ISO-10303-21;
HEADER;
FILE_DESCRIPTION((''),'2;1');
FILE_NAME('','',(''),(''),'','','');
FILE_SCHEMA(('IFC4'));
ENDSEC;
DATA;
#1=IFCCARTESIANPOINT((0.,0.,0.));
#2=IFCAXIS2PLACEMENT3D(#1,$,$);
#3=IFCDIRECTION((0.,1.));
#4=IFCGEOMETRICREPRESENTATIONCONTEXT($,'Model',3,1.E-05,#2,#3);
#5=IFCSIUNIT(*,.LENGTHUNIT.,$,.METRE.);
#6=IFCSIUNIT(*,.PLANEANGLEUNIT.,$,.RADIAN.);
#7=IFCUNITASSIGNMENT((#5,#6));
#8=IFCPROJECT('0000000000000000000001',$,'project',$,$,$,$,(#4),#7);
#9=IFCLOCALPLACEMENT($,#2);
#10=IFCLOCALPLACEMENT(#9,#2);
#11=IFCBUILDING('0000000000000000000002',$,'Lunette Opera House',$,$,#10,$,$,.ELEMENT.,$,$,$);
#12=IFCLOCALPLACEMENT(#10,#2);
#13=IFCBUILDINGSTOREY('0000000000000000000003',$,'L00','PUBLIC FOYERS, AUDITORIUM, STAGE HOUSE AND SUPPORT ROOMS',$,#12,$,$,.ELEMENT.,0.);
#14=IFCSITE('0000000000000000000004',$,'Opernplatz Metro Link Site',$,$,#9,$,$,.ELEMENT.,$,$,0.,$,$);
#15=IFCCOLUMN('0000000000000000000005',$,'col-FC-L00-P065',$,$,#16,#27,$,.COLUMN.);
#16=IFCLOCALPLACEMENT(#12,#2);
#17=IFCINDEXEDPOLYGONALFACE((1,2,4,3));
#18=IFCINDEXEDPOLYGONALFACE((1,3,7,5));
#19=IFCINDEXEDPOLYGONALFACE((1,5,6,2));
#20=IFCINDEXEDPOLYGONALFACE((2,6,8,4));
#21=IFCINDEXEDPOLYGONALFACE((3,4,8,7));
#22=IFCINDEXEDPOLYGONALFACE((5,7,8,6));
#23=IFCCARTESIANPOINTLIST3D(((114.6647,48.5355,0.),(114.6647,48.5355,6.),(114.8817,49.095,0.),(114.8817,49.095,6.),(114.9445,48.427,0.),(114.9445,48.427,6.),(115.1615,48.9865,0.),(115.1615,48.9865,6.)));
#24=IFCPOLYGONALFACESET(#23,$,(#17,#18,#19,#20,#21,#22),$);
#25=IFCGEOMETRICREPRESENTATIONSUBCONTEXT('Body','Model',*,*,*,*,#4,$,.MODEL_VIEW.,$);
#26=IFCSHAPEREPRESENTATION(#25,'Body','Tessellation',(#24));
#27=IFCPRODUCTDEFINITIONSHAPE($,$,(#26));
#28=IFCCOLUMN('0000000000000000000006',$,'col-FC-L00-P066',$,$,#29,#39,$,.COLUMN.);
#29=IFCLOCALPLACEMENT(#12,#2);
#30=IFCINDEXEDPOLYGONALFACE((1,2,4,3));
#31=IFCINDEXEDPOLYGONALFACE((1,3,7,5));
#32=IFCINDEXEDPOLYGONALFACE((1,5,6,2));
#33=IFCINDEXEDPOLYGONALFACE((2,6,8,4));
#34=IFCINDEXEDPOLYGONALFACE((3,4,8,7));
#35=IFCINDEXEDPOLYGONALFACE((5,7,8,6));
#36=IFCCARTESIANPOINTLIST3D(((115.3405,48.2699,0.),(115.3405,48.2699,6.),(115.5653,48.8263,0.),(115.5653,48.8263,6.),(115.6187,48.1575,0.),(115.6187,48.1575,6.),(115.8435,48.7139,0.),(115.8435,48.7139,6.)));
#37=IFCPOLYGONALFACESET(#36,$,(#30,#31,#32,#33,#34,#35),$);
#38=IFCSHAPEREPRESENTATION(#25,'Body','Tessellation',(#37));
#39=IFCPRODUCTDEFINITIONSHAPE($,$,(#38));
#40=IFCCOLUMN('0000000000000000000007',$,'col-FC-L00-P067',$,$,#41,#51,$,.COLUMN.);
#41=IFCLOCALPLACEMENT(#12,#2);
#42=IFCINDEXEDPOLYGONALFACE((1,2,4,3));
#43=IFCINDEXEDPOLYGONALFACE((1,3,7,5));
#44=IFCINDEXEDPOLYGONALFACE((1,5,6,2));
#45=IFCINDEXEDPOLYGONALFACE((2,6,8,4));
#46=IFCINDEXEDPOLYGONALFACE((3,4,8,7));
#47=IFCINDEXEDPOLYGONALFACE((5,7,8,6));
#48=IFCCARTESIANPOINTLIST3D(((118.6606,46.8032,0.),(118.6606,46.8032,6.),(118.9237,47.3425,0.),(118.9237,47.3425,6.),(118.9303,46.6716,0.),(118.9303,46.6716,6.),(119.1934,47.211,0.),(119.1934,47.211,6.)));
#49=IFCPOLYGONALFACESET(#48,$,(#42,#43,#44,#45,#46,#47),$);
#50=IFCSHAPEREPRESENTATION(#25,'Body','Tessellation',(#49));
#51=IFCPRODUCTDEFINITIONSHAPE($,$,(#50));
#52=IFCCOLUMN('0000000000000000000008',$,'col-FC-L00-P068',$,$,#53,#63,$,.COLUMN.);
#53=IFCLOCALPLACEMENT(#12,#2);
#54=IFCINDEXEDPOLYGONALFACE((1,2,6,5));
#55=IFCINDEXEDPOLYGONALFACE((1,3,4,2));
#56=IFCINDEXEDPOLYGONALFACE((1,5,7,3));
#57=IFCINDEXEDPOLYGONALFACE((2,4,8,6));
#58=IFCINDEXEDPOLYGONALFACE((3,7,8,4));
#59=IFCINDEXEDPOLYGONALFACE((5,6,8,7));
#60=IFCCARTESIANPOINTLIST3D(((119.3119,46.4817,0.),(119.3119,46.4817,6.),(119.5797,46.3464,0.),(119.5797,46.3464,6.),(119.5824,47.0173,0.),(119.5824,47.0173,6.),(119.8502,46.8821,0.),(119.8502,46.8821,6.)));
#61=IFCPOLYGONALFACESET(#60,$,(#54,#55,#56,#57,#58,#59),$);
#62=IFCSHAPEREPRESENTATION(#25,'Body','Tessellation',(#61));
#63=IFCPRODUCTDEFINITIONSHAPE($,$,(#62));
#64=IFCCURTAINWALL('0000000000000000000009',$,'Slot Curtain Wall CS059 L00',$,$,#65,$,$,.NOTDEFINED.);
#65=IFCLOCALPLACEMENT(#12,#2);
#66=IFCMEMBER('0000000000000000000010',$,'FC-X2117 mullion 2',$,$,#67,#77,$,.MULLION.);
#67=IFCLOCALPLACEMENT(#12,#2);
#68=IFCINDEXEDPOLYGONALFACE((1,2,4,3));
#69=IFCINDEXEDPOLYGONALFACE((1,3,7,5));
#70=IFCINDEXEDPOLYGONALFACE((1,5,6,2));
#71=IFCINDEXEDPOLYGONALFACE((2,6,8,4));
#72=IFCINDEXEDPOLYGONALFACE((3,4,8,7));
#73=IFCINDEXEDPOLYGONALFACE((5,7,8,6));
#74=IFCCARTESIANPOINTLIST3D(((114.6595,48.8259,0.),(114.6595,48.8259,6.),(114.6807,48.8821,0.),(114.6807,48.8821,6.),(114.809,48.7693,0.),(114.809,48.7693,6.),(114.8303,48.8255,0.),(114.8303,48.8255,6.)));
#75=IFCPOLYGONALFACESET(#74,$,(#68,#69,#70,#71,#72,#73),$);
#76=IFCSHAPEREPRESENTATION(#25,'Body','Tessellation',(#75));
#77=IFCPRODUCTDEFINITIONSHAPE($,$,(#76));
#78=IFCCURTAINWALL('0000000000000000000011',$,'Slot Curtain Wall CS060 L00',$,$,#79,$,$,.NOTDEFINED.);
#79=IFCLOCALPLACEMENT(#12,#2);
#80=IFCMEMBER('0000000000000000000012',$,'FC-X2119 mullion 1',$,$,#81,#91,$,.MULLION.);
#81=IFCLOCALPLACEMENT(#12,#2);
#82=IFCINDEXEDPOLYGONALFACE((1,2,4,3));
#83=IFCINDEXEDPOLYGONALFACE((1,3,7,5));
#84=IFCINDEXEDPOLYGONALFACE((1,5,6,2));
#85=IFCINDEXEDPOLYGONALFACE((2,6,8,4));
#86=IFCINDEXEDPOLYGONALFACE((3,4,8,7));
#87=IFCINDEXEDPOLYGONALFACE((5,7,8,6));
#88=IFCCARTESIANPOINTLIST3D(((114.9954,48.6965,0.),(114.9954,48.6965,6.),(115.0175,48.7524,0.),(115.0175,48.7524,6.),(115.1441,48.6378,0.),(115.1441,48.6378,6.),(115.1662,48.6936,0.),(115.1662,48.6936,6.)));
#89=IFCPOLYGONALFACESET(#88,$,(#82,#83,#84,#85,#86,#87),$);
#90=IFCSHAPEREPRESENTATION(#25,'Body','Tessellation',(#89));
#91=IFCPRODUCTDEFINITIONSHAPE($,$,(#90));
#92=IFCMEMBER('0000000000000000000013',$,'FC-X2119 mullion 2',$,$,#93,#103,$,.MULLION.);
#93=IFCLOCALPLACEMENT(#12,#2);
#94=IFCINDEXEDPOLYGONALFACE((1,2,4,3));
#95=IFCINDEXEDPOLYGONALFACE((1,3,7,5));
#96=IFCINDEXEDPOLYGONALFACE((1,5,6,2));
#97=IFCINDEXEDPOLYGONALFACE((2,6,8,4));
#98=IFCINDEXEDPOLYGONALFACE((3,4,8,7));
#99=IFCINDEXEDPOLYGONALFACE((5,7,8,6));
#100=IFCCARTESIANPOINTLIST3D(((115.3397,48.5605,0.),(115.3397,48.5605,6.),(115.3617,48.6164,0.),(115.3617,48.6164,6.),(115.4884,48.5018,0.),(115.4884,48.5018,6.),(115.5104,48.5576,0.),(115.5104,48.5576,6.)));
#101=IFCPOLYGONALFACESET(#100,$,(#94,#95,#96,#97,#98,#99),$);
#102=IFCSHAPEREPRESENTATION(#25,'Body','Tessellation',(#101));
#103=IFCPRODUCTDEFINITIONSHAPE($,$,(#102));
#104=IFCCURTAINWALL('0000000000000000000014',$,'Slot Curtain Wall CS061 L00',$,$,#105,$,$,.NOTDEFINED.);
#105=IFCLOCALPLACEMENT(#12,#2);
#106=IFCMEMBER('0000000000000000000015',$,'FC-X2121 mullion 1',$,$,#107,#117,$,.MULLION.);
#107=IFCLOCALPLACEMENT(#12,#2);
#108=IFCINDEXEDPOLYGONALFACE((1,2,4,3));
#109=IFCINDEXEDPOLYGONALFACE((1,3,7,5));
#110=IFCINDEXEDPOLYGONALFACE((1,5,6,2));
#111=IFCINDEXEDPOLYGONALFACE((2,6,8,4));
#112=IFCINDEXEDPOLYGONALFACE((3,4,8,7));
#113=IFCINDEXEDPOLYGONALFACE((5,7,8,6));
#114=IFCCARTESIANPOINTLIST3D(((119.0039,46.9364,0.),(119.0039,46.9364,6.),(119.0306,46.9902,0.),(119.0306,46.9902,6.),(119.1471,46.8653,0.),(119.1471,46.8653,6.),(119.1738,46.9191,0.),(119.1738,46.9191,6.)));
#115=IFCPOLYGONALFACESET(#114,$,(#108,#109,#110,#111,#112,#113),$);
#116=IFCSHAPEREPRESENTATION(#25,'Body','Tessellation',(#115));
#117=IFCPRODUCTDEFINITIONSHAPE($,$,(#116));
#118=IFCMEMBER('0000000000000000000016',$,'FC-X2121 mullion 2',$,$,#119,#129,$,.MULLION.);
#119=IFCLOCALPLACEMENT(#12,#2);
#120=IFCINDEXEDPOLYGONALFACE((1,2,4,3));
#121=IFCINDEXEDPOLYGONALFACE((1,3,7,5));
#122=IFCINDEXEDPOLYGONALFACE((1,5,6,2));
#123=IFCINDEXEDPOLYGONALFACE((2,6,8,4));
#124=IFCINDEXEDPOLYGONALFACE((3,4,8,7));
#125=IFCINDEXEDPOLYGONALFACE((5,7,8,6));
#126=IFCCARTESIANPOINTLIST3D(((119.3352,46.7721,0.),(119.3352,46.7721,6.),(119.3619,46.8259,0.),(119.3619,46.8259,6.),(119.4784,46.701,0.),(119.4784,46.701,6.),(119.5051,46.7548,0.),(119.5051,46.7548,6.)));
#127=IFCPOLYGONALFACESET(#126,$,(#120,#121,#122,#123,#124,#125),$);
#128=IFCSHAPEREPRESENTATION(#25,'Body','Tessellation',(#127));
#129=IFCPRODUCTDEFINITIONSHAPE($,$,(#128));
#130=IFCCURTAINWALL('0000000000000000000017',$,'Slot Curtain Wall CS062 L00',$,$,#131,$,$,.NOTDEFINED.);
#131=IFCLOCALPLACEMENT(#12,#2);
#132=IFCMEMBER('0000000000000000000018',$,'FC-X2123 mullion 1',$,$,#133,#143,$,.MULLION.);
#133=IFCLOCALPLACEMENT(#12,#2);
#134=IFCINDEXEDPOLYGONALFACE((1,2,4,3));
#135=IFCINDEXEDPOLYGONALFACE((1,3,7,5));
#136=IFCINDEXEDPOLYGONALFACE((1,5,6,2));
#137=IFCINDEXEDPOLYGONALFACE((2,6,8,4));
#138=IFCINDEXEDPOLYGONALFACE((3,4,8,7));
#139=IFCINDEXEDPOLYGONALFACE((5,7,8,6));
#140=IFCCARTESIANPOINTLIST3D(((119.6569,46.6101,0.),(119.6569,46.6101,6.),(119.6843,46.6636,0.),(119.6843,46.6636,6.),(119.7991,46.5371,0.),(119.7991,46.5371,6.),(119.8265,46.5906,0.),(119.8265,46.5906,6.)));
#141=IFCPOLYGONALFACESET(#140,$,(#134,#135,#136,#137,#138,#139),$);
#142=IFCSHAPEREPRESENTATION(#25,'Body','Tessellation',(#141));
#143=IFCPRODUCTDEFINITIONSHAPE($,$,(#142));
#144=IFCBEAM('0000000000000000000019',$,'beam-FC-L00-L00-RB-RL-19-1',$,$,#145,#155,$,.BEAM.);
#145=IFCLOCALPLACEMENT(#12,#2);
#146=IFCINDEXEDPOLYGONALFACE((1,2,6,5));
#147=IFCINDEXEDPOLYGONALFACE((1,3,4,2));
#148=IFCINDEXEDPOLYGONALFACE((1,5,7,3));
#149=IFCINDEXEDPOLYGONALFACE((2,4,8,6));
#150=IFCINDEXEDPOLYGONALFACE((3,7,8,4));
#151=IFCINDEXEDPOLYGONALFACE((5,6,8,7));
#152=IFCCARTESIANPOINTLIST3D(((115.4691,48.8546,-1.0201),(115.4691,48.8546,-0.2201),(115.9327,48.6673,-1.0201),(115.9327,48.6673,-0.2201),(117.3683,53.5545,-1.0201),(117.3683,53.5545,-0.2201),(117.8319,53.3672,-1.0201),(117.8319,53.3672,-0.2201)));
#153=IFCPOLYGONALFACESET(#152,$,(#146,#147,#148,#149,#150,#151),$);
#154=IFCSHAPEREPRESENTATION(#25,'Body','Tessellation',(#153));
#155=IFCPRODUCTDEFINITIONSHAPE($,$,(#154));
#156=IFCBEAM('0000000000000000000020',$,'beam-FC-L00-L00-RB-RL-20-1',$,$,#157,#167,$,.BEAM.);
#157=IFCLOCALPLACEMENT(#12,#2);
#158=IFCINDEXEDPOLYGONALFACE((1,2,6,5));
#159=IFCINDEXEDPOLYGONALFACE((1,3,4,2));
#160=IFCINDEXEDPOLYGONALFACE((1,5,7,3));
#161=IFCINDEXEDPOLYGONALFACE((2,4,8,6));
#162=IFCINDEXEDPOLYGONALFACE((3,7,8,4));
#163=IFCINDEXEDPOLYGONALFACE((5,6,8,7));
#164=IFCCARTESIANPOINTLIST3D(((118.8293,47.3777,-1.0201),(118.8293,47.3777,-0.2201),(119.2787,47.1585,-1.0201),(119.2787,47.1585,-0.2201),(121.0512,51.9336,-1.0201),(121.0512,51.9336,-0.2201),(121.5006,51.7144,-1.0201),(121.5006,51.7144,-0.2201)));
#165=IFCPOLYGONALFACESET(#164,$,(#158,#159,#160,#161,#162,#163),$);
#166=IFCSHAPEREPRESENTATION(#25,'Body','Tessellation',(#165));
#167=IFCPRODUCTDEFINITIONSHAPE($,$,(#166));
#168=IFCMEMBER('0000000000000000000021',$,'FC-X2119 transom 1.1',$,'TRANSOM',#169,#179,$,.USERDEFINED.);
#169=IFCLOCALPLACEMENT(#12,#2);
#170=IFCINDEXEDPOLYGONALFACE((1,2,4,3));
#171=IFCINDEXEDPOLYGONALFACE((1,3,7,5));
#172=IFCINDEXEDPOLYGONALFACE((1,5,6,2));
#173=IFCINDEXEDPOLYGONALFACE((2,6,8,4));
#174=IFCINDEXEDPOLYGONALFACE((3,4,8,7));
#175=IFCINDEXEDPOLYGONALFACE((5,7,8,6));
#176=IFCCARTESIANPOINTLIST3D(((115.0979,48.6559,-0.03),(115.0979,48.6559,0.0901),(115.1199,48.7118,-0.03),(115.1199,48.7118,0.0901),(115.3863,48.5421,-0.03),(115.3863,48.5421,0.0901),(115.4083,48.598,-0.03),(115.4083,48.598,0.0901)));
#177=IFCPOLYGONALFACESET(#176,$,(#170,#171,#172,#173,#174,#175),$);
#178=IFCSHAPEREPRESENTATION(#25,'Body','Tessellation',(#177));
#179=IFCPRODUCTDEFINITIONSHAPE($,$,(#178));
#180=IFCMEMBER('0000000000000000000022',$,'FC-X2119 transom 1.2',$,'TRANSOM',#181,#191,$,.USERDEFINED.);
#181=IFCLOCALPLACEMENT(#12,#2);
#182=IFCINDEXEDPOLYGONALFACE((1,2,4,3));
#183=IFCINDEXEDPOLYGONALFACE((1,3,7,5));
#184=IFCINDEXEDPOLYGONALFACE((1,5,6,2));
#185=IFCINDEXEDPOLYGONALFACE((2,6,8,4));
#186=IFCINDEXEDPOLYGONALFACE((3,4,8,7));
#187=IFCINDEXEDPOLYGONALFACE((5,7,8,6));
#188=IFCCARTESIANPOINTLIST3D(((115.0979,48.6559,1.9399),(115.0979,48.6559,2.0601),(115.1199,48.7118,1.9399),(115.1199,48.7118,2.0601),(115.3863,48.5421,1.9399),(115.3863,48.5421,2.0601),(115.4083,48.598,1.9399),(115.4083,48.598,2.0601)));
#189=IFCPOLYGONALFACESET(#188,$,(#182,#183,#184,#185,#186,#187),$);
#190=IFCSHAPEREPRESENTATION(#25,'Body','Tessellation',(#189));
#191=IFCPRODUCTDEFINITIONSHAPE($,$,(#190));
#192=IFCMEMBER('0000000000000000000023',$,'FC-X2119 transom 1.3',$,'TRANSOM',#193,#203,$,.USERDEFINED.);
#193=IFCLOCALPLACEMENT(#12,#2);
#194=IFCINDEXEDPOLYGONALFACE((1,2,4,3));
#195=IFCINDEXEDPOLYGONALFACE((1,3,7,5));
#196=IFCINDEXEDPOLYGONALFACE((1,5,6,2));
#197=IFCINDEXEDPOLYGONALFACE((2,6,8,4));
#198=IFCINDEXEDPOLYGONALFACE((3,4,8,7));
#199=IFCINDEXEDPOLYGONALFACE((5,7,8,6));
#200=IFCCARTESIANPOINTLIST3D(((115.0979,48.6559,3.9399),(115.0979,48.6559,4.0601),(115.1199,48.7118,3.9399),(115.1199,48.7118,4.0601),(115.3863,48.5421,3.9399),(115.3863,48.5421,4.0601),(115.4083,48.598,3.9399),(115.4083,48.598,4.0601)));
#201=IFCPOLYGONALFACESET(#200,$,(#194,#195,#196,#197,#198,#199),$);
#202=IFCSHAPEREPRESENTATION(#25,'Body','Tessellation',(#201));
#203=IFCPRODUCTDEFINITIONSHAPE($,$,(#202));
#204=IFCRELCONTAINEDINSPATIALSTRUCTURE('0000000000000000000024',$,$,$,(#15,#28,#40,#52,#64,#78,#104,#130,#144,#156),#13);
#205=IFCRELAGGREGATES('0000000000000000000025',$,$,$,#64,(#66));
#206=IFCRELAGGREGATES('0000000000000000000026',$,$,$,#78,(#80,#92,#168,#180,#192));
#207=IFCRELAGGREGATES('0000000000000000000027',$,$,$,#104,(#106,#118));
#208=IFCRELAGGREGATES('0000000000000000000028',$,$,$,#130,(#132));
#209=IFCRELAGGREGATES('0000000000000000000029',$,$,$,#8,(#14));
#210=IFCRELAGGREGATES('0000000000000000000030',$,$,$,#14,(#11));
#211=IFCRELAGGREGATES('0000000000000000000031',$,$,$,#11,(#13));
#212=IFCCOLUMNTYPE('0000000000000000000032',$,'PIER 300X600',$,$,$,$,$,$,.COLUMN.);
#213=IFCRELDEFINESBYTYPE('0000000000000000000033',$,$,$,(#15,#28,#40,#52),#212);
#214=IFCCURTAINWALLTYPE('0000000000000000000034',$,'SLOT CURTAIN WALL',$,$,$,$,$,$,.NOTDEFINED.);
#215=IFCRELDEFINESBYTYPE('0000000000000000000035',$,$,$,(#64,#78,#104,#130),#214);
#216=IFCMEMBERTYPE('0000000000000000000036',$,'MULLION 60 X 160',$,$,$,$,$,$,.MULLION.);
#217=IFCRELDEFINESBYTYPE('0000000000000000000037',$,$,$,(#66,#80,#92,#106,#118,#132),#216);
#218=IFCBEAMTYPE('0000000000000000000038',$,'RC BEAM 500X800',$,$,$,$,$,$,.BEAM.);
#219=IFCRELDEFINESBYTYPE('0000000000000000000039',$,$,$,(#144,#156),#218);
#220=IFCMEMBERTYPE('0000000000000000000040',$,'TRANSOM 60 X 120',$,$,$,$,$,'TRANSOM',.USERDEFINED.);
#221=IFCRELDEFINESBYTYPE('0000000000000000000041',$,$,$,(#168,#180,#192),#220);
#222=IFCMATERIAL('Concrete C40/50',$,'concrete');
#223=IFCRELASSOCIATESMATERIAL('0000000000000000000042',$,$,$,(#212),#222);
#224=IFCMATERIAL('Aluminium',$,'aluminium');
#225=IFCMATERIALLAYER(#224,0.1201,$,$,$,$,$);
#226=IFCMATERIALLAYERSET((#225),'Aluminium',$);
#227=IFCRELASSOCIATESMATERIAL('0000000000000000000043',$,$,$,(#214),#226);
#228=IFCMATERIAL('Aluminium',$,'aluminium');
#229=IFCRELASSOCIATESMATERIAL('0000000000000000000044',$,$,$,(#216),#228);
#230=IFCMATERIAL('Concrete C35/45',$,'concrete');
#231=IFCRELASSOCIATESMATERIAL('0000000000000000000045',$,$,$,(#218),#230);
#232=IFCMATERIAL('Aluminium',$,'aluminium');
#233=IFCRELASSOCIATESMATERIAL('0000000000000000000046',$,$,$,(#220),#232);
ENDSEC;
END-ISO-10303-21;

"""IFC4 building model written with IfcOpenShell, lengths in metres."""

from ifc_helpers import new_model, si_unit, direction, frame, origin, origin_2d, place, context, subcontext, project, spatial, rectangle, extrude, material, layer, layer_set, material_profile, profile_set, type_object, element, aggregate, save


model = new_model("IFC4")

# Units and contexts
model_context = context("Model", 3, precision=1e-05, world=origin(), true_north=direction((0.0, 1.0)))
body_context = subcontext(model_context, "Body", "Model", "MODEL_VIEW")
ifc_project = project(units=[si_unit("LENGTHUNIT", "METRE"), si_unit("PLANEANGLEUNIT", "RADIAN")], contexts=[model_context])

# Site, building, storey
site_placement = place(None, origin())
site = spatial("IfcSite", under=ifc_project, at=site_placement, Name="Opernplatz Metro Link Site", CompositionType="ELEMENT", RefElevation=0.0)
building_placement = place(site_placement, origin())
building = spatial("IfcBuilding", under=site, at=building_placement, Name="Lunette Opera House", CompositionType="ELEMENT")
storey_placement = place(building_placement, origin())
storey = spatial("IfcBuildingStorey", under=building, at=storey_placement, Name="L00", Description="PUBLIC FOYERS, AUDITORIUM, STAGE HOUSE AND SUPPORT ROOMS", CompositionType="ELEMENT", Elevation=0.0)

# Columns
ifc_material_1 = material(Name="Concrete C40/50", Category="concrete")
ifc_material_profile_1 = material_profile(ifc_material_1, rectangle(XDim=0.3, YDim=0.6001, at=origin_2d()), Name="PIER 300X600")
ifc_profile_set_1 = profile_set([ifc_material_profile_1], Name="Concrete C40/50")
column_type = type_object("IfcColumnType", Name="PIER 300X600", PredefinedType="COLUMN", material=ifc_profile_set_1)
for number, where, z_axis, x_axis, name in (
    (1, (114.9131, 48.761, 0.0), (0.0, 0.0, 1.0), (0.932324, -0.361625, 0.0), "col-FC-L00-P065"),
    (2, (115.592, 48.4919, 0.0), (0.0, 0.0, 1.0), (0.927184, -0.374607, 0.0), "col-FC-L00-P066"),
    (3, (118.927, 47.0071, 0.0), (0.0, 0.0, 1.0), (0.898794, -0.438371, 0.0), "col-FC-L00-P067"),
    (4, (119.5811, 46.6819, 0.0), (0.0, 0.0, 1.0), (0.892586, -0.450878, 0.0), "col-FC-L00-P068"),
):
    element("IfcColumn", number, at=place(storey_placement, frame(where, z_axis=z_axis, x_axis=x_axis)), inside=storey, type_object=column_type, Name=name, PredefinedType="COLUMN", context=body_context, shape_type="SweptSolid", body=[
        extrude(rectangle(XDim=0.3, YDim=0.6001, at=origin_2d()), origin(), (0.0, 0.0, 1.0), 6.0),
    ])

# Curtain wall, member
ifc_material_2 = material(Name="Aluminium", Category="aluminium")
ifc_layer_1 = layer(ifc_material_2, 0.1201)
ifc_layer_set_1 = layer_set([ifc_layer_1], Name="Aluminium")
curtain_wall_type = type_object("IfcCurtainWallType", Name="SLOT CURTAIN WALL", PredefinedType="NOTDEFINED", material=ifc_layer_set_1)
curtain_wall_1_placement = place(storey_placement, origin())
curtain_wall_1 = element("IfcCurtainWall", 5, at=curtain_wall_1_placement, inside=storey, type_object=curtain_wall_type, Name="Slot Curtain Wall CS059 L00", PredefinedType="NOTDEFINED")
ifc_material_3 = material(Name="Aluminium", Category="aluminium")
ifc_material_profile_2 = material_profile(ifc_material_3, rectangle(XDim=0.0601, YDim=0.1599, at=origin_2d()), Name="MULLION 60 X 160")
ifc_profile_set_2 = profile_set([ifc_material_profile_2], Name="Aluminium")
member_type_1 = type_object("IfcMemberType", Name="MULLION 60 X 160", PredefinedType="MULLION", material=ifc_profile_set_2)
member_1_placement = place(storey_placement, frame((114.7449, 48.8257, 0.0), z_axis=(0.0, 0.0, 1.0), x_axis=(0.353672, 0.935369, 0.0)))
member_1 = element("IfcMember", 6, at=member_1_placement, type_object=member_type_1, Name="FC-X2117 mullion 2", PredefinedType="MULLION", context=body_context, shape_type="SweptSolid", body=[
    extrude(rectangle(XDim=0.0601, YDim=0.1599, at=origin_2d()), origin(), (0.0, 0.0, 1.0), 6.0),
])

# Curtain walls, members
curtain_wall_2_placement = place(storey_placement, origin())
curtain_wall_2 = element("IfcCurtainWall", 7, at=curtain_wall_2_placement, inside=storey, type_object=curtain_wall_type, Name="Slot Curtain Wall CS060 L00", PredefinedType="NOTDEFINED")
member_2_placement = place(storey_placement, frame((115.0808, 48.6951, 0.0), z_axis=(0.0, 0.0, 1.0), x_axis=(0.367378, 0.930072, 0.0)))
member_2 = element("IfcMember", 8, at=member_2_placement, type_object=member_type_1, Name="FC-X2119 mullion 1", PredefinedType="MULLION", context=body_context, shape_type="SweptSolid", body=[
    extrude(rectangle(XDim=0.0601, YDim=0.1599, at=origin_2d()), origin(), (0.0, 0.0, 1.0), 6.0),
])
member_3_placement = place(storey_placement, frame((115.425, 48.5591, 0.0), z_axis=(0.0, 0.0, 1.0), x_axis=(0.367378, 0.930072, 0.0)))
member_3 = element("IfcMember", 9, at=member_3_placement, type_object=member_type_1, Name="FC-X2119 mullion 2", PredefinedType="MULLION", context=body_context, shape_type="SweptSolid", body=[
    extrude(rectangle(XDim=0.0601, YDim=0.1599, at=origin_2d()), origin(), (0.0, 0.0, 1.0), 6.0),
])
curtain_wall_3_placement = place(storey_placement, origin())
curtain_wall_3 = element("IfcCurtainWall", 10, at=curtain_wall_3_placement, inside=storey, type_object=curtain_wall_type, Name="Slot Curtain Wall CS061 L00", PredefinedType="NOTDEFINED")
member_4_placement = place(storey_placement, frame((119.0889, 46.9277, 0.0), z_axis=(0.0, 0.0, 1.0), x_axis=(0.444419, 0.895819, 0.0)))
member_4 = element("IfcMember", 11, at=member_4_placement, type_object=member_type_1, Name="FC-X2121 mullion 1", PredefinedType="MULLION", context=body_context, shape_type="SweptSolid", body=[
    extrude(rectangle(XDim=0.0601, YDim=0.1599, at=origin_2d()), origin(), (0.0, 0.0, 1.0), 6.0),
])
member_5_placement = place(storey_placement, frame((119.4202, 46.7634, 0.0), z_axis=(0.0, 0.0, 1.0), x_axis=(0.444419, 0.895819, 0.0)))
member_5 = element("IfcMember", 12, at=member_5_placement, type_object=member_type_1, Name="FC-X2121 mullion 2", PredefinedType="MULLION", context=body_context, shape_type="SweptSolid", body=[
    extrude(rectangle(XDim=0.0601, YDim=0.1599, at=origin_2d()), origin(), (0.0, 0.0, 1.0), 6.0),
])

# Curtain wall, member
curtain_wall_4_placement = place(storey_placement, origin())
curtain_wall_4 = element("IfcCurtainWall", 13, at=curtain_wall_4_placement, inside=storey, type_object=curtain_wall_type, Name="Slot Curtain Wall CS062 L00", PredefinedType="NOTDEFINED")
member_6_placement = place(storey_placement, frame((119.7417, 46.6003, 0.0), z_axis=(0.0, 0.0, 1.0), x_axis=(0.456506, 0.88972, 0.0)))
member_6 = element("IfcMember", 14, at=member_6_placement, type_object=member_type_1, Name="FC-X2123 mullion 1", PredefinedType="MULLION", context=body_context, shape_type="SweptSolid", body=[
    extrude(rectangle(XDim=0.0601, YDim=0.1599, at=origin_2d()), origin(), (0.0, 0.0, 1.0), 6.0),
])

# Beams
ifc_material_4 = material(Name="Concrete C35/45", Category="concrete")
ifc_material_profile_3 = material_profile(ifc_material_4, rectangle(XDim=0.5, YDim=0.8, at=origin_2d()), Name="RC BEAM 500X800")
ifc_profile_set_3 = profile_set([ifc_material_profile_3], Name="Concrete C35/45")
beam_type = type_object("IfcBeamType", Name="RC BEAM 500X800", PredefinedType="BEAM", material=ifc_profile_set_3)
beam_1_placement = place(storey_placement, frame((115.7009, 48.761, -0.6201), z_axis=(0.374652, 0.927166, 0.0), x_axis=(-0.927166, 0.374652, 0.0)))
element("IfcBeam", 15, at=beam_1_placement, inside=storey, type_object=beam_type, Name="beam-FC-L00-L00-RB-RL-19-1", PredefinedType="BEAM", context=body_context, shape_type="SweptSolid", body=[
    extrude(rectangle(XDim=0.5, YDim=0.8, at=origin_2d()), origin(), (0.0, 0.0, 1.0), 5.0691),
])
beam_2_placement = place(storey_placement, frame((119.054, 47.2681, -0.6201), z_axis=(0.438349, 0.898805, 0.0), x_axis=(-0.898805, 0.438349, 0.0)))
element("IfcBeam", 16, at=beam_2_placement, inside=storey, type_object=beam_type, Name="beam-FC-L00-L00-RB-RL-20-1", PredefinedType="BEAM", context=body_context, shape_type="SweptSolid", body=[
    extrude(rectangle(XDim=0.5, YDim=0.8, at=origin_2d()), origin(), (0.0, 0.0, 1.0), 5.0688),
])

# Members
ifc_material_5 = material(Name="Aluminium", Category="aluminium")
ifc_material_profile_4 = material_profile(ifc_material_5, rectangle(XDim=0.0601, YDim=0.1201, at=origin_2d()), Name="TRANSOM 60 X 120")
ifc_profile_set_4 = profile_set([ifc_material_profile_4], Name="Aluminium")
member_type_2 = type_object("IfcMemberType", Name="TRANSOM 60 X 120", ElementType="TRANSOM", PredefinedType="USERDEFINED", material=ifc_profile_set_4)
member_7_placement = place(storey_placement, frame((115.1089, 48.6838, 0.03), z_axis=(0.930205, -0.367041, 0.0), x_axis=(0.367041, 0.930205, 0.0)))
member_7 = element("IfcMember", 17, at=member_7_placement, type_object=member_type_2, Name="FC-X2119 transom 1.1", ObjectType="TRANSOM", PredefinedType="USERDEFINED", context=body_context, shape_type="SweptSolid", body=[
    extrude(rectangle(XDim=0.0601, YDim=0.1201, at=origin_2d()), origin(), (0.0, 0.0, 1.0), 0.3101),
])
member_8_placement = place(storey_placement, frame((115.1089, 48.6838, 2.0), z_axis=(0.930205, -0.367041, 0.0), x_axis=(0.367041, 0.930205, 0.0)))
member_8 = element("IfcMember", 18, at=member_8_placement, type_object=member_type_2, Name="FC-X2119 transom 1.2", ObjectType="TRANSOM", PredefinedType="USERDEFINED", context=body_context, shape_type="SweptSolid", body=[
    extrude(rectangle(XDim=0.0601, YDim=0.1201, at=origin_2d()), origin(), (0.0, 0.0, 1.0), 0.3101),
])
member_9_placement = place(storey_placement, frame((115.1089, 48.6838, 4.0), z_axis=(0.930205, -0.367041, 0.0), x_axis=(0.367041, 0.930205, 0.0)))
member_9 = element("IfcMember", 19, at=member_9_placement, type_object=member_type_2, Name="FC-X2119 transom 1.3", ObjectType="TRANSOM", PredefinedType="USERDEFINED", context=body_context, shape_type="SweptSolid", body=[
    extrude(rectangle(XDim=0.0601, YDim=0.1201, at=origin_2d()), origin(), (0.0, 0.0, 1.0), 0.3101),
])

aggregate(curtain_wall_1, [member_1])
aggregate(curtain_wall_2, [member_2, member_3, member_7, member_8, member_9])
aggregate(curtain_wall_3, [member_4, member_5])
aggregate(curtain_wall_4, [member_6])

save(model, "model.ifc")
